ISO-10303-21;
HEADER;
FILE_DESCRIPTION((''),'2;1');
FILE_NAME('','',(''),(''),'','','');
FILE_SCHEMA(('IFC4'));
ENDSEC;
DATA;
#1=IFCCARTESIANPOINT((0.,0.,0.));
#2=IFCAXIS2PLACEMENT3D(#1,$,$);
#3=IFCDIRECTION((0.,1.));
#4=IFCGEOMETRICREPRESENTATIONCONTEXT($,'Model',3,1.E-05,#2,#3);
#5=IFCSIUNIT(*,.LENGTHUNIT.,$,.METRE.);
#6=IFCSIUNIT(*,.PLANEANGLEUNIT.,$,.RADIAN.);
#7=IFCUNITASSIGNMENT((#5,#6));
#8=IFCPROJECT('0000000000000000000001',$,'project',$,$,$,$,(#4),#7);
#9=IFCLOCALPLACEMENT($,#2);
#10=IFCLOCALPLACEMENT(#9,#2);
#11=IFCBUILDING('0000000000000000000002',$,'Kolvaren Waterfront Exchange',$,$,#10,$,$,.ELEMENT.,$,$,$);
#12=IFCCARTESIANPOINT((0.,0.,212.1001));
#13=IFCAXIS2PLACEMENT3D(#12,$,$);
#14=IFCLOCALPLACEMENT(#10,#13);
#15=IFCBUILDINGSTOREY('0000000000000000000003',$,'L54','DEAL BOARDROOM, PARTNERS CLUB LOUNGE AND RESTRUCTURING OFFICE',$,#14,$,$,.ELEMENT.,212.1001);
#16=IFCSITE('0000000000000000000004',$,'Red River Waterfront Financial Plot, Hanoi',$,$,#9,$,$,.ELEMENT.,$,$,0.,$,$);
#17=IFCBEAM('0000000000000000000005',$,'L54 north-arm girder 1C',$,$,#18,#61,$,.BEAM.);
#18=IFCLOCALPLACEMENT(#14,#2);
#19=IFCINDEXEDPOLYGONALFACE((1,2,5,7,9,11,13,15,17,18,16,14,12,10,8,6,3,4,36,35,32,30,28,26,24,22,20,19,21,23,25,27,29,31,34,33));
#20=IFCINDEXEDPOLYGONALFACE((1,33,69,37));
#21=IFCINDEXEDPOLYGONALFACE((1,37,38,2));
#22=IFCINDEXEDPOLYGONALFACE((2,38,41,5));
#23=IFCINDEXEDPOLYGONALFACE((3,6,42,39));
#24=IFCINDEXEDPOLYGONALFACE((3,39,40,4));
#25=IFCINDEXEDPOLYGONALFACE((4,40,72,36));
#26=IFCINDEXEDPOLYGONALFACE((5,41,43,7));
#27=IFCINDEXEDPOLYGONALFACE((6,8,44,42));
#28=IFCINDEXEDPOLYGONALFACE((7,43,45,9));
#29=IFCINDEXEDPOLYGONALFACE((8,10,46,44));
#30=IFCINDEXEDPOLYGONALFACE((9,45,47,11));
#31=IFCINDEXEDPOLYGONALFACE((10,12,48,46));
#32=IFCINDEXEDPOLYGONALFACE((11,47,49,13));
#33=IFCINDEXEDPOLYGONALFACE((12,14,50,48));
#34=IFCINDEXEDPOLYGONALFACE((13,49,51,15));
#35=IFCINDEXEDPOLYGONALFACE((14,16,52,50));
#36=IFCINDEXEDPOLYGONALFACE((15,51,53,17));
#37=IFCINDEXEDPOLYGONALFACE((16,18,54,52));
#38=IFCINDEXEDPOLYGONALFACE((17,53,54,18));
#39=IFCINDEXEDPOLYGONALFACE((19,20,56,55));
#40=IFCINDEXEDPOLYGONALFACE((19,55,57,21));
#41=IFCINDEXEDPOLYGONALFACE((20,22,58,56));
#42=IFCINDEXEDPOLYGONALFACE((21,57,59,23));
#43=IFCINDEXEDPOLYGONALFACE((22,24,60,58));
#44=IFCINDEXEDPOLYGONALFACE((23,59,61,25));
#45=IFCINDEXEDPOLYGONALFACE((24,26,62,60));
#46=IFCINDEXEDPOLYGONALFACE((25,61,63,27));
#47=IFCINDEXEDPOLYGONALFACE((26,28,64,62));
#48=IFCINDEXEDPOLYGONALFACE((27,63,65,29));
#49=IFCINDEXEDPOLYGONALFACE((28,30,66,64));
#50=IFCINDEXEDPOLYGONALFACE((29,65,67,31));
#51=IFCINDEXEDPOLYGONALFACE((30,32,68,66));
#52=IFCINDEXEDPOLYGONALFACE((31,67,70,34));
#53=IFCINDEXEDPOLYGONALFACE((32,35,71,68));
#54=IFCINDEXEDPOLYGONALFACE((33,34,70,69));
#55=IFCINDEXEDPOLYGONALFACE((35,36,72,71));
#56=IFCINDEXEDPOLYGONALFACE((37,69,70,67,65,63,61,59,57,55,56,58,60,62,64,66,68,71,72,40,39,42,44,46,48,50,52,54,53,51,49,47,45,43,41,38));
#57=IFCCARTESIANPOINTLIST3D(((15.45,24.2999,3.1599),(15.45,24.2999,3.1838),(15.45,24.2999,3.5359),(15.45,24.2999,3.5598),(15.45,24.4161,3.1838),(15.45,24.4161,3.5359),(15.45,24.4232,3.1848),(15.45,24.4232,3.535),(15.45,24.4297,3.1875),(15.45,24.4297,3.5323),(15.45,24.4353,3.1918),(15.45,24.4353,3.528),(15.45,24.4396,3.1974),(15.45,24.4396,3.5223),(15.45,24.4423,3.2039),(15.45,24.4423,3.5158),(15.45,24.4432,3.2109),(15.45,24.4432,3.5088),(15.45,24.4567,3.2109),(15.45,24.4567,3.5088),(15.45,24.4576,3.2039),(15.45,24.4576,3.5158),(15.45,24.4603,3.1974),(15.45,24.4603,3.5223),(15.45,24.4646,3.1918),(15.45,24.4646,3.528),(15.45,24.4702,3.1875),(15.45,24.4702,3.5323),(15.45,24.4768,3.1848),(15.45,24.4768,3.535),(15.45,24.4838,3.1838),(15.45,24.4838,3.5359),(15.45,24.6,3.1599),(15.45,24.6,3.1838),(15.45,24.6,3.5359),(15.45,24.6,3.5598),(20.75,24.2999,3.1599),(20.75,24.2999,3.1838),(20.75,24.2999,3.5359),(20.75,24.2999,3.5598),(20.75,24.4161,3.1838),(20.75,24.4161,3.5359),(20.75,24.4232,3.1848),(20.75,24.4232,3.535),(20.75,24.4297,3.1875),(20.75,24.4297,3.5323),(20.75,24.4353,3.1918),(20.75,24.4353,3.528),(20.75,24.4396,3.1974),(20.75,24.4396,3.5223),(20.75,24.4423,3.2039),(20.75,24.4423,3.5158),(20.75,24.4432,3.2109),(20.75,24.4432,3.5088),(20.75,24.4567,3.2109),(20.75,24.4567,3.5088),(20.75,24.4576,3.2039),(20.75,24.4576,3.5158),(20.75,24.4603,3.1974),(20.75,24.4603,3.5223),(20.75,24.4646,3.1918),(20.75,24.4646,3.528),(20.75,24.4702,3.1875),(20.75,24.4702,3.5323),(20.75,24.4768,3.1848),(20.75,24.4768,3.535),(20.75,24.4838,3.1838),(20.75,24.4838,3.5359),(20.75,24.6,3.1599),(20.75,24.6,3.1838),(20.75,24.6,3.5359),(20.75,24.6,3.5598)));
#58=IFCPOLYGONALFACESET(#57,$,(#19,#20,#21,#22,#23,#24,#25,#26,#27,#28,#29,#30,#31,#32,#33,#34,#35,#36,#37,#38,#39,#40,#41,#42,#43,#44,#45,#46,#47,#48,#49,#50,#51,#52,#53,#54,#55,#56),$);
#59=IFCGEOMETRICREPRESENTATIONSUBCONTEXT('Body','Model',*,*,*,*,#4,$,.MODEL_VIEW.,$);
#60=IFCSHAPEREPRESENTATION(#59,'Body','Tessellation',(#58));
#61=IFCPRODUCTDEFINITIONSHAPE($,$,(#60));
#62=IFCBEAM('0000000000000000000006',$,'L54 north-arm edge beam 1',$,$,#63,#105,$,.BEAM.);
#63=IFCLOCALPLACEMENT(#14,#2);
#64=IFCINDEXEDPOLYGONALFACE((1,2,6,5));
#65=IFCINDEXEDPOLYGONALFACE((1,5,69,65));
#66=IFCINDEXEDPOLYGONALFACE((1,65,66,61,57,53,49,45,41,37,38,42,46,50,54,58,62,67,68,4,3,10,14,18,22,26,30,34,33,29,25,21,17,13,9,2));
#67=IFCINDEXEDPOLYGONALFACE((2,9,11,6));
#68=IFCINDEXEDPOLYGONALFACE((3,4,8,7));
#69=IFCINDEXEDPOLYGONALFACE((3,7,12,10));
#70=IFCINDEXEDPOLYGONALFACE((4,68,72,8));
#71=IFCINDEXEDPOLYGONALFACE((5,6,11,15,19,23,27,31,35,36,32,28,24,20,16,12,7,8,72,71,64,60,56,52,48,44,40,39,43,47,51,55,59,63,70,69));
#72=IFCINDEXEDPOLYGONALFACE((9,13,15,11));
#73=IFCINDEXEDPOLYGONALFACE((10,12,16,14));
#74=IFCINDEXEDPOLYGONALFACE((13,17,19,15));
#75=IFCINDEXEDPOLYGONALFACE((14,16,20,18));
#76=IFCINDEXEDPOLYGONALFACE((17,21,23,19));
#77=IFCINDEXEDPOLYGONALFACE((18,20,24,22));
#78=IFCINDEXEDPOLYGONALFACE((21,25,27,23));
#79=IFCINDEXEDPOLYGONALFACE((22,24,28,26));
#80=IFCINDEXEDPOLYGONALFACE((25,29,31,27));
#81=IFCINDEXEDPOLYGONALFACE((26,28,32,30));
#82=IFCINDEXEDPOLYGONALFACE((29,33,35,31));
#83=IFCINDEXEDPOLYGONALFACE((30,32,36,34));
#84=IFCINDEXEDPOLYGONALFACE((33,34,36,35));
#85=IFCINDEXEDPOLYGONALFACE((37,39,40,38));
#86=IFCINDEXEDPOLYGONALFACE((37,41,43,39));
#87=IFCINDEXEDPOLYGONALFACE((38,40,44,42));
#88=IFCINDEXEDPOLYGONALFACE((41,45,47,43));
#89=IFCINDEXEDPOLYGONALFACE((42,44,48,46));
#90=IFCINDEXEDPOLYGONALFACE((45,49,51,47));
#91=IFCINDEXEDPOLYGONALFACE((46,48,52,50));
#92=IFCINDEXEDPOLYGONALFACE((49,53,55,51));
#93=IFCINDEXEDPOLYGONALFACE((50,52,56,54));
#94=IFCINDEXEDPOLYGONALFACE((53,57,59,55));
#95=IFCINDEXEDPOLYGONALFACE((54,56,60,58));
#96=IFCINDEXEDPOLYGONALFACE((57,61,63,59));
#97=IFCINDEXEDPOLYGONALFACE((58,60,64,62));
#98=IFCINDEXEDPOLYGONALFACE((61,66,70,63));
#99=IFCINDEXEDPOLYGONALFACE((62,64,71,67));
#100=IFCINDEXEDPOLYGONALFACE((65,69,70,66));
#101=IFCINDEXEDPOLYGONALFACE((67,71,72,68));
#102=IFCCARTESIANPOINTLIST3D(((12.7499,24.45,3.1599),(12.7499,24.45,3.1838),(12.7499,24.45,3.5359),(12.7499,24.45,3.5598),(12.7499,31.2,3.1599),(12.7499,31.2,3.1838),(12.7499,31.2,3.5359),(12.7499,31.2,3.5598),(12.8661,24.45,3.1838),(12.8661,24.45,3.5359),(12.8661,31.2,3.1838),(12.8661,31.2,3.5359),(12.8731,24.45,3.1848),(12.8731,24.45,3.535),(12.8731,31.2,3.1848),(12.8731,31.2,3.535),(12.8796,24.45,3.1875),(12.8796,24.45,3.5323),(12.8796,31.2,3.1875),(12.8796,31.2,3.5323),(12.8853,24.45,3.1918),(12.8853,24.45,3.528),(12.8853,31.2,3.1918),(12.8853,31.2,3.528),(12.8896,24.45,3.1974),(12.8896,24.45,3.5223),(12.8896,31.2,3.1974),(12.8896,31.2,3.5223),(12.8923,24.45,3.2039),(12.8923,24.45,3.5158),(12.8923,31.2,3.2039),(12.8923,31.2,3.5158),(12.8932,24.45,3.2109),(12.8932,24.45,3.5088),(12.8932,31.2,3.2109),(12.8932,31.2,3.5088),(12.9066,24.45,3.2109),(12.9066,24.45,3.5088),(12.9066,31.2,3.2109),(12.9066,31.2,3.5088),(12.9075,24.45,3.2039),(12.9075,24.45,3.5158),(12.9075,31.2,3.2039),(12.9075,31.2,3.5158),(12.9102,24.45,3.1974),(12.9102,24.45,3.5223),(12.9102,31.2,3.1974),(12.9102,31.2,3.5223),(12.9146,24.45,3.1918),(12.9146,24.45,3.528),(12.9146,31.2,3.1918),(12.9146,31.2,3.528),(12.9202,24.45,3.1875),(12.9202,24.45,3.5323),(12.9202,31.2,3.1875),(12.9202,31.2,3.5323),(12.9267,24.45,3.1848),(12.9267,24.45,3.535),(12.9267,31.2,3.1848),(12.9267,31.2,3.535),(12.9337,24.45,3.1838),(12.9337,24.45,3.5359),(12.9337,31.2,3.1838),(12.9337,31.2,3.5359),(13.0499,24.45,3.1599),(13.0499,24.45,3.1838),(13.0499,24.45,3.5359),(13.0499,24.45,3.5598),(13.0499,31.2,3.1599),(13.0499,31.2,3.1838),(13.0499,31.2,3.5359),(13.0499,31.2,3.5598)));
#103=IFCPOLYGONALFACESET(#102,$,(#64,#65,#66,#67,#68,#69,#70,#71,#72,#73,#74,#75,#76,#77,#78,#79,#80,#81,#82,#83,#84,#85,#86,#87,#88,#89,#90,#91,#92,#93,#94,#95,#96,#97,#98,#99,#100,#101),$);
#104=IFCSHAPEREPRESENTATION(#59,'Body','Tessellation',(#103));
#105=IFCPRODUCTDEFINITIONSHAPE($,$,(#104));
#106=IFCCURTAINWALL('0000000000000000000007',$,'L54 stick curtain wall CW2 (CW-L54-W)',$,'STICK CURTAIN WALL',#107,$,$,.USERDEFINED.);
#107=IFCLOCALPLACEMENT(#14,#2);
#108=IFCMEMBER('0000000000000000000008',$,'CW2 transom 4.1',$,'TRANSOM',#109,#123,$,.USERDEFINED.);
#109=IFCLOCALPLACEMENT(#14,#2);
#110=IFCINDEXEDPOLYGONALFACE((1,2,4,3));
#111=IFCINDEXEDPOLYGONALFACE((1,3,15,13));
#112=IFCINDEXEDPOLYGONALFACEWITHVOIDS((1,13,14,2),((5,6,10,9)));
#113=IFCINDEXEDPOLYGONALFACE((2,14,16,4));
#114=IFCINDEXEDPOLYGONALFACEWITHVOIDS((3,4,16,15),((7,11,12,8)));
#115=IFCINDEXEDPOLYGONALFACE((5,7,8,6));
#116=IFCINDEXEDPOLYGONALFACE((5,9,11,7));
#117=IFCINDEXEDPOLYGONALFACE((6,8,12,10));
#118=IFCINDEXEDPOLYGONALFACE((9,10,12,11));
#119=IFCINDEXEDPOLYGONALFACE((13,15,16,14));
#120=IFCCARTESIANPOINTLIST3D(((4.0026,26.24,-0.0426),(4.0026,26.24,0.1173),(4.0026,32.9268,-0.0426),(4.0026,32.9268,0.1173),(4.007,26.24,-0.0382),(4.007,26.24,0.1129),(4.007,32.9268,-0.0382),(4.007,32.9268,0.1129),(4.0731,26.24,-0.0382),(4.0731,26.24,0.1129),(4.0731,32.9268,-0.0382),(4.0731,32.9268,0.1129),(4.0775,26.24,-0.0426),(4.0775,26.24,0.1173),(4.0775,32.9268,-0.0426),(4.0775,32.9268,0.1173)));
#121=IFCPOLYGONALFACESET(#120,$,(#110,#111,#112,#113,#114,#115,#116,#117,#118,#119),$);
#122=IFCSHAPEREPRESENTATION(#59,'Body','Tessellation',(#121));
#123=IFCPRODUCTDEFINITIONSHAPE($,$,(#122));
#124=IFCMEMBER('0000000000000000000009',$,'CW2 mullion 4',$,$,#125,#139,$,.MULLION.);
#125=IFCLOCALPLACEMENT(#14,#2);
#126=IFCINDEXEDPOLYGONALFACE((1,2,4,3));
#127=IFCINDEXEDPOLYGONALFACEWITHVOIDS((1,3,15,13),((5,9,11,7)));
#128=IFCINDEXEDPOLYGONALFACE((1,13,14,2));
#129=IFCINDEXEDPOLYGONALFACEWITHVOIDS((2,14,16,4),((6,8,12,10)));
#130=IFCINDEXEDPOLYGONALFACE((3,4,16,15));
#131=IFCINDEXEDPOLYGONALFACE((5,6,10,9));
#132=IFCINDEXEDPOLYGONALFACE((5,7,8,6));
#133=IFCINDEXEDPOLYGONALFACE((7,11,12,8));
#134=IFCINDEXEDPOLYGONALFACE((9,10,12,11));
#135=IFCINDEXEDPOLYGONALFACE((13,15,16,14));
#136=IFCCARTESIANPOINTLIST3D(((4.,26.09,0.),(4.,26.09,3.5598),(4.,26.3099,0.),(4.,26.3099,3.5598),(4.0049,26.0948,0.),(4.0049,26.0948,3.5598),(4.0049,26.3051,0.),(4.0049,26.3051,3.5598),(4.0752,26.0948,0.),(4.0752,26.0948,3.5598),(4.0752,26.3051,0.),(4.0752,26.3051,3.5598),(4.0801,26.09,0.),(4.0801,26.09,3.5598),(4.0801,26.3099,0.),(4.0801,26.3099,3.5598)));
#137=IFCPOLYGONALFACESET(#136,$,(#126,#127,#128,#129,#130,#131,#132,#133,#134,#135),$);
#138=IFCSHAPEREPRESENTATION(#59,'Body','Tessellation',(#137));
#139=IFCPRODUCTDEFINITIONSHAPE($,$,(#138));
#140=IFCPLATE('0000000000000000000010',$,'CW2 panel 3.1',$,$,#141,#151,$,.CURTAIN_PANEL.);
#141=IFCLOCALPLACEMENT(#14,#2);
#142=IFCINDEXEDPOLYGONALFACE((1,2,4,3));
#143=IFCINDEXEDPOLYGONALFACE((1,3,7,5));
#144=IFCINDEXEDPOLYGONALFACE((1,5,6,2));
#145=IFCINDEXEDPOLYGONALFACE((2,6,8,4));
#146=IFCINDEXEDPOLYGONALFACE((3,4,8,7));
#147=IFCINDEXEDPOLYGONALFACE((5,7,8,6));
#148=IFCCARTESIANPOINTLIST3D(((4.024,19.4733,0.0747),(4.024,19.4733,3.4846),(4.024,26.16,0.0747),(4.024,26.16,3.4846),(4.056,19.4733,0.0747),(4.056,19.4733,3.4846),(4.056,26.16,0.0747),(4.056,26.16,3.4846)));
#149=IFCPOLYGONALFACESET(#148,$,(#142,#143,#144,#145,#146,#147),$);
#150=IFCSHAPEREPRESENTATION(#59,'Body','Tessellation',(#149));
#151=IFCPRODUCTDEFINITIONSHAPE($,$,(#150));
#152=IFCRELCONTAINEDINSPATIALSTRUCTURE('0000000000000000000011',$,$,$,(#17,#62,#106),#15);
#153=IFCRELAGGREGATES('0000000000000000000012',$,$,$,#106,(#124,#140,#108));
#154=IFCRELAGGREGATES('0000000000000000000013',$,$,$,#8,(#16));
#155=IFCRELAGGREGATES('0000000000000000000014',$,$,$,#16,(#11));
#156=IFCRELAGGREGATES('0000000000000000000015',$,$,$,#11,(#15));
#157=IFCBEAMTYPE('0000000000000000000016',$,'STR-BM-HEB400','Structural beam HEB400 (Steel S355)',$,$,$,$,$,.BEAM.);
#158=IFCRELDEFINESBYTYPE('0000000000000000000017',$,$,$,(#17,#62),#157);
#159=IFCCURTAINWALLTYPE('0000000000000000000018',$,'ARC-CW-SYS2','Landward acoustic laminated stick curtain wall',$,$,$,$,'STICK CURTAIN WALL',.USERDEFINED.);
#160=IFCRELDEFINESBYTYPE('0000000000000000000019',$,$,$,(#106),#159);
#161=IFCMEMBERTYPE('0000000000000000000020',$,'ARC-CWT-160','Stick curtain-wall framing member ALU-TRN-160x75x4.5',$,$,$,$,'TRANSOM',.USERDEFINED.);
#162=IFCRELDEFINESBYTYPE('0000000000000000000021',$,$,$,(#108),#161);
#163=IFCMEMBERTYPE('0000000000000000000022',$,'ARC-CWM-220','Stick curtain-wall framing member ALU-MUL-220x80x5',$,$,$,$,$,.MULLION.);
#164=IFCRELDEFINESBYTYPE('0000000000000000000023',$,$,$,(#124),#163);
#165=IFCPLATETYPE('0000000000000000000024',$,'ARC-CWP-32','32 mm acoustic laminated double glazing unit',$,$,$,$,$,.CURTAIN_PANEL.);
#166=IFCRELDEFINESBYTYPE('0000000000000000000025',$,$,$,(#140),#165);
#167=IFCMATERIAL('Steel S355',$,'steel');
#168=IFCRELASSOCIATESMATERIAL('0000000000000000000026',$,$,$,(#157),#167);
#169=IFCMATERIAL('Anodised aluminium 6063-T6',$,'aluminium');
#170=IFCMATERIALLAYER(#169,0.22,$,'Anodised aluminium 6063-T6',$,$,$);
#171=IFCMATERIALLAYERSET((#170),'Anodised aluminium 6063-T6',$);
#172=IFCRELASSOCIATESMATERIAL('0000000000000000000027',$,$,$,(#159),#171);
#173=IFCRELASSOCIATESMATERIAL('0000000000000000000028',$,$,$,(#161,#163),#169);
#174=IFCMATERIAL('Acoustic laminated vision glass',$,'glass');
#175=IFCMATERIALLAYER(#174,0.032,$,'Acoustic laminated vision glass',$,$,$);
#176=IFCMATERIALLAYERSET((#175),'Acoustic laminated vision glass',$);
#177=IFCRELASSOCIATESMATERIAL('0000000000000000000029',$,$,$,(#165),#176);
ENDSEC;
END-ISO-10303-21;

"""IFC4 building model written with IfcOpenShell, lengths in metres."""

from ifc_helpers import new_model, si_unit, direction, frame, origin, origin_with_axes, origin_2d, place, context, subcontext, project, spatial, rectangle, hollow_rectangle, i_section, extrude, source, transform, mapped, material, layer, layer_set, material_profile, profile_set, type_object, element, aggregate, save


model = new_model("IFC4")

# Units and contexts
model_context = context("Model", 3, precision=1e-05, world=origin(), true_north=direction((0.0, 1.0)))
body_context = subcontext(model_context, "Body", "Model", "MODEL_VIEW")
ifc_project = project(units=[si_unit("LENGTHUNIT", "METRE"), si_unit("PLANEANGLEUNIT", "RADIAN")], contexts=[model_context])

# Site, building, storey
site_placement = place(None, origin())
site = spatial("IfcSite", under=ifc_project, at=site_placement, Name="Red River Waterfront Financial Plot, Hanoi", CompositionType="ELEMENT", RefElevation=0.0)
building_placement = place(site_placement, origin())
building = spatial("IfcBuilding", under=site, at=building_placement, Name="Kolvaren Waterfront Exchange", CompositionType="ELEMENT")
storey_placement = place(building_placement, frame((0.0, 0.0, 212.1001)))
storey = spatial("IfcBuildingStorey", under=building, at=storey_placement, Name="L54", Description="DEAL BOARDROOM, PARTNERS CLUB LOUNGE AND RESTRUCTURING OFFICE", CompositionType="ELEMENT", Elevation=212.1001)

# Beams
ifc_material_1 = material(Name="Steel S355", Category="steel")
ifc_material_profile_1 = material_profile(ifc_material_1, i_section(OverallWidth=0.3, OverallDepth=0.3999, WebThickness=0.0134, FlangeThickness=0.0239, FilletRadius=0.0271, at=origin_2d()), Name="HEB400")
ifc_profile_set_1 = profile_set([ifc_material_profile_1], Name="Steel S355")
beam_type_1 = type_object("IfcBeamType", Name="STR-BM-HEB400", Description="Structural beam HEB400 (Steel S355)", PredefinedType="BEAM", material=ifc_profile_set_1)
beam_1_placement = place(storey_placement, frame((15.45, 24.45, 3.3599), z_axis=(1.0, 0.0, 0.0), x_axis=(0.0, 1.0, 0.0)))
element("IfcBeam", 1, at=beam_1_placement, inside=storey, type_object=beam_type_1, Name="L54 north-arm girder 1C", PredefinedType="BEAM", context=body_context, shape_type="SweptSolid", body=[
    extrude(i_section(OverallWidth=0.3, OverallDepth=0.3999, WebThickness=0.0134, FlangeThickness=0.0239, FilletRadius=0.0271, at=origin_2d()), origin(), (0.0, 0.0, 1.0), 5.3),
])
beam_2_placement = place(storey_placement, frame((12.8999, 24.45, 3.3599), z_axis=(0.0, 1.0, 0.0), x_axis=(-1.0, 0.0, 0.0)))
element("IfcBeam", 2, at=beam_2_placement, inside=storey, type_object=beam_type_1, Name="L54 north-arm edge beam 1", PredefinedType="BEAM", context=body_context, shape_type="SweptSolid", body=[
    extrude(i_section(OverallWidth=0.3, OverallDepth=0.3999, WebThickness=0.0134, FlangeThickness=0.0239, FilletRadius=0.0271, at=origin_2d()), origin(), (0.0, 0.0, 1.0), 6.75),
])

# Curtain wall, members, plate
ifc_material_2 = material(Name="Anodised aluminium 6063-T6", Category="aluminium")
ifc_layer_1 = layer(ifc_material_2, 0.22, Name="Anodised aluminium 6063-T6")
ifc_layer_set_1 = layer_set([ifc_layer_1], Name="Anodised aluminium 6063-T6")
curtain_wall_type = type_object("IfcCurtainWallType", Name="ARC-CW-SYS2", Description="Landward acoustic laminated stick curtain wall", ElementType="STICK CURTAIN WALL", PredefinedType="USERDEFINED", material=ifc_layer_set_1)
curtain_wall_placement = place(storey_placement, origin())
curtain_wall = element("IfcCurtainWall", 3, at=curtain_wall_placement, inside=storey, type_object=curtain_wall_type, Name="L54 stick curtain wall CW2 (CW-L54-W)", ObjectType="STICK CURTAIN WALL", PredefinedType="USERDEFINED")
ifc_material_profile_2 = material_profile(ifc_material_2, hollow_rectangle(XDim=0.075, YDim=0.1599, WallThickness=0.0044, at=origin_2d()), Name="ALU-TRN-160x75x4.5")
ifc_profile_set_2 = profile_set([ifc_material_profile_2], Name="Anodised aluminium 6063-T6")
member_type_1 = type_object("IfcMemberType", Name="ARC-CWT-160", Description="Stick curtain-wall framing member ALU-TRN-160x75x4.5", ElementType="TRANSOM", PredefinedType="USERDEFINED", material=ifc_profile_set_2)
shared_shape_1 = source(origin_with_axes(), body_context, "Body", "SweptSolid", [
    extrude(hollow_rectangle(XDim=0.075, YDim=0.1599, WallThickness=0.0044, at=origin_2d()), origin(), (0.0, 0.0, 1.0), 6.6868),
])
member_1_placement = place(storey_placement, frame((4.04, 26.24, 0.0374), z_axis=(0.0, 1.0, 0.0), x_axis=(-1.0, 0.0, 0.0)))
member_1 = element("IfcMember", 4, at=member_1_placement, type_object=member_type_1, Name="CW2 transom 4.1", ObjectType="TRANSOM", PredefinedType="USERDEFINED", context=body_context, shape_type="MappedRepresentation", body=[
    mapped(shared_shape_1, transform((0.0, 0.0, 0.0), x_axis=(1.0, 0.0, 0.0), y_axis=(0.0, 1.0, 0.0), z_axis=(0.0, 0.0, 1.0), scale=1.0)),
])
ifc_material_profile_3 = material_profile(ifc_material_2, hollow_rectangle(XDim=0.0801, YDim=0.22, WallThickness=0.0049, at=origin_2d()), Name="ALU-MUL-220x80x5")
ifc_profile_set_3 = profile_set([ifc_material_profile_3], Name="Anodised aluminium 6063-T6")
member_type_2 = type_object("IfcMemberType", Name="ARC-CWM-220", Description="Stick curtain-wall framing member ALU-MUL-220x80x5", PredefinedType="MULLION", material=ifc_profile_set_3)
shared_shape_2 = source(origin_with_axes(), body_context, "Body", "SweptSolid", [
    extrude(hollow_rectangle(XDim=0.0801, YDim=0.22, WallThickness=0.0049, at=origin_2d()), origin(), (0.0, 0.0, 1.0), 3.5598),
])
member_2_placement = place(storey_placement, frame((4.04, 26.2, 0.0), z_axis=(0.0, 0.0, 1.0), x_axis=(-1.0, 0.0, 0.0)))
member_2 = element("IfcMember", 5, at=member_2_placement, type_object=member_type_2, Name="CW2 mullion 4", PredefinedType="MULLION", context=body_context, shape_type="MappedRepresentation", body=[
    mapped(shared_shape_2, transform((0.0, 0.0, 0.0), x_axis=(1.0, 0.0, 0.0), y_axis=(0.0, 1.0, 0.0), z_axis=(0.0, 0.0, 1.0), scale=1.0)),
])
ifc_material_3 = material(Name="Acoustic laminated vision glass", Category="glass")
ifc_layer_2 = layer(ifc_material_3, 0.032, Name="Acoustic laminated vision glass")
ifc_layer_set_2 = layer_set([ifc_layer_2], Name="Acoustic laminated vision glass")
plate_type = type_object("IfcPlateType", Name="ARC-CWP-32", Description="32 mm acoustic laminated double glazing unit", PredefinedType="CURTAIN_PANEL", material=ifc_layer_set_2)
shared_shape_3 = source(origin_with_axes(), body_context, "Body", "SweptSolid", [
    extrude(rectangle(XDim=6.6868, YDim=0.032, at=origin_2d()), origin(), (0.0, 0.0, 1.0), 3.4099),
])
plate_placement = place(storey_placement, frame((4.04, 22.8167, 0.0747), z_axis=(0.0, 0.0, 1.0), x_axis=(0.0, 1.0, 0.0)))
plate = element("IfcPlate", 6, at=plate_placement, type_object=plate_type, Name="CW2 panel 3.1", PredefinedType="CURTAIN_PANEL", context=body_context, shape_type="MappedRepresentation", body=[
    mapped(shared_shape_3, transform((0.0, 0.0, 0.0), x_axis=(1.0, 0.0, 0.0), y_axis=(0.0, 1.0, 0.0), z_axis=(0.0, 0.0, 1.0), scale=1.0)),
])
aggregate(curtain_wall, [member_2, plate, member_1])

save(model, "model.ifc")
